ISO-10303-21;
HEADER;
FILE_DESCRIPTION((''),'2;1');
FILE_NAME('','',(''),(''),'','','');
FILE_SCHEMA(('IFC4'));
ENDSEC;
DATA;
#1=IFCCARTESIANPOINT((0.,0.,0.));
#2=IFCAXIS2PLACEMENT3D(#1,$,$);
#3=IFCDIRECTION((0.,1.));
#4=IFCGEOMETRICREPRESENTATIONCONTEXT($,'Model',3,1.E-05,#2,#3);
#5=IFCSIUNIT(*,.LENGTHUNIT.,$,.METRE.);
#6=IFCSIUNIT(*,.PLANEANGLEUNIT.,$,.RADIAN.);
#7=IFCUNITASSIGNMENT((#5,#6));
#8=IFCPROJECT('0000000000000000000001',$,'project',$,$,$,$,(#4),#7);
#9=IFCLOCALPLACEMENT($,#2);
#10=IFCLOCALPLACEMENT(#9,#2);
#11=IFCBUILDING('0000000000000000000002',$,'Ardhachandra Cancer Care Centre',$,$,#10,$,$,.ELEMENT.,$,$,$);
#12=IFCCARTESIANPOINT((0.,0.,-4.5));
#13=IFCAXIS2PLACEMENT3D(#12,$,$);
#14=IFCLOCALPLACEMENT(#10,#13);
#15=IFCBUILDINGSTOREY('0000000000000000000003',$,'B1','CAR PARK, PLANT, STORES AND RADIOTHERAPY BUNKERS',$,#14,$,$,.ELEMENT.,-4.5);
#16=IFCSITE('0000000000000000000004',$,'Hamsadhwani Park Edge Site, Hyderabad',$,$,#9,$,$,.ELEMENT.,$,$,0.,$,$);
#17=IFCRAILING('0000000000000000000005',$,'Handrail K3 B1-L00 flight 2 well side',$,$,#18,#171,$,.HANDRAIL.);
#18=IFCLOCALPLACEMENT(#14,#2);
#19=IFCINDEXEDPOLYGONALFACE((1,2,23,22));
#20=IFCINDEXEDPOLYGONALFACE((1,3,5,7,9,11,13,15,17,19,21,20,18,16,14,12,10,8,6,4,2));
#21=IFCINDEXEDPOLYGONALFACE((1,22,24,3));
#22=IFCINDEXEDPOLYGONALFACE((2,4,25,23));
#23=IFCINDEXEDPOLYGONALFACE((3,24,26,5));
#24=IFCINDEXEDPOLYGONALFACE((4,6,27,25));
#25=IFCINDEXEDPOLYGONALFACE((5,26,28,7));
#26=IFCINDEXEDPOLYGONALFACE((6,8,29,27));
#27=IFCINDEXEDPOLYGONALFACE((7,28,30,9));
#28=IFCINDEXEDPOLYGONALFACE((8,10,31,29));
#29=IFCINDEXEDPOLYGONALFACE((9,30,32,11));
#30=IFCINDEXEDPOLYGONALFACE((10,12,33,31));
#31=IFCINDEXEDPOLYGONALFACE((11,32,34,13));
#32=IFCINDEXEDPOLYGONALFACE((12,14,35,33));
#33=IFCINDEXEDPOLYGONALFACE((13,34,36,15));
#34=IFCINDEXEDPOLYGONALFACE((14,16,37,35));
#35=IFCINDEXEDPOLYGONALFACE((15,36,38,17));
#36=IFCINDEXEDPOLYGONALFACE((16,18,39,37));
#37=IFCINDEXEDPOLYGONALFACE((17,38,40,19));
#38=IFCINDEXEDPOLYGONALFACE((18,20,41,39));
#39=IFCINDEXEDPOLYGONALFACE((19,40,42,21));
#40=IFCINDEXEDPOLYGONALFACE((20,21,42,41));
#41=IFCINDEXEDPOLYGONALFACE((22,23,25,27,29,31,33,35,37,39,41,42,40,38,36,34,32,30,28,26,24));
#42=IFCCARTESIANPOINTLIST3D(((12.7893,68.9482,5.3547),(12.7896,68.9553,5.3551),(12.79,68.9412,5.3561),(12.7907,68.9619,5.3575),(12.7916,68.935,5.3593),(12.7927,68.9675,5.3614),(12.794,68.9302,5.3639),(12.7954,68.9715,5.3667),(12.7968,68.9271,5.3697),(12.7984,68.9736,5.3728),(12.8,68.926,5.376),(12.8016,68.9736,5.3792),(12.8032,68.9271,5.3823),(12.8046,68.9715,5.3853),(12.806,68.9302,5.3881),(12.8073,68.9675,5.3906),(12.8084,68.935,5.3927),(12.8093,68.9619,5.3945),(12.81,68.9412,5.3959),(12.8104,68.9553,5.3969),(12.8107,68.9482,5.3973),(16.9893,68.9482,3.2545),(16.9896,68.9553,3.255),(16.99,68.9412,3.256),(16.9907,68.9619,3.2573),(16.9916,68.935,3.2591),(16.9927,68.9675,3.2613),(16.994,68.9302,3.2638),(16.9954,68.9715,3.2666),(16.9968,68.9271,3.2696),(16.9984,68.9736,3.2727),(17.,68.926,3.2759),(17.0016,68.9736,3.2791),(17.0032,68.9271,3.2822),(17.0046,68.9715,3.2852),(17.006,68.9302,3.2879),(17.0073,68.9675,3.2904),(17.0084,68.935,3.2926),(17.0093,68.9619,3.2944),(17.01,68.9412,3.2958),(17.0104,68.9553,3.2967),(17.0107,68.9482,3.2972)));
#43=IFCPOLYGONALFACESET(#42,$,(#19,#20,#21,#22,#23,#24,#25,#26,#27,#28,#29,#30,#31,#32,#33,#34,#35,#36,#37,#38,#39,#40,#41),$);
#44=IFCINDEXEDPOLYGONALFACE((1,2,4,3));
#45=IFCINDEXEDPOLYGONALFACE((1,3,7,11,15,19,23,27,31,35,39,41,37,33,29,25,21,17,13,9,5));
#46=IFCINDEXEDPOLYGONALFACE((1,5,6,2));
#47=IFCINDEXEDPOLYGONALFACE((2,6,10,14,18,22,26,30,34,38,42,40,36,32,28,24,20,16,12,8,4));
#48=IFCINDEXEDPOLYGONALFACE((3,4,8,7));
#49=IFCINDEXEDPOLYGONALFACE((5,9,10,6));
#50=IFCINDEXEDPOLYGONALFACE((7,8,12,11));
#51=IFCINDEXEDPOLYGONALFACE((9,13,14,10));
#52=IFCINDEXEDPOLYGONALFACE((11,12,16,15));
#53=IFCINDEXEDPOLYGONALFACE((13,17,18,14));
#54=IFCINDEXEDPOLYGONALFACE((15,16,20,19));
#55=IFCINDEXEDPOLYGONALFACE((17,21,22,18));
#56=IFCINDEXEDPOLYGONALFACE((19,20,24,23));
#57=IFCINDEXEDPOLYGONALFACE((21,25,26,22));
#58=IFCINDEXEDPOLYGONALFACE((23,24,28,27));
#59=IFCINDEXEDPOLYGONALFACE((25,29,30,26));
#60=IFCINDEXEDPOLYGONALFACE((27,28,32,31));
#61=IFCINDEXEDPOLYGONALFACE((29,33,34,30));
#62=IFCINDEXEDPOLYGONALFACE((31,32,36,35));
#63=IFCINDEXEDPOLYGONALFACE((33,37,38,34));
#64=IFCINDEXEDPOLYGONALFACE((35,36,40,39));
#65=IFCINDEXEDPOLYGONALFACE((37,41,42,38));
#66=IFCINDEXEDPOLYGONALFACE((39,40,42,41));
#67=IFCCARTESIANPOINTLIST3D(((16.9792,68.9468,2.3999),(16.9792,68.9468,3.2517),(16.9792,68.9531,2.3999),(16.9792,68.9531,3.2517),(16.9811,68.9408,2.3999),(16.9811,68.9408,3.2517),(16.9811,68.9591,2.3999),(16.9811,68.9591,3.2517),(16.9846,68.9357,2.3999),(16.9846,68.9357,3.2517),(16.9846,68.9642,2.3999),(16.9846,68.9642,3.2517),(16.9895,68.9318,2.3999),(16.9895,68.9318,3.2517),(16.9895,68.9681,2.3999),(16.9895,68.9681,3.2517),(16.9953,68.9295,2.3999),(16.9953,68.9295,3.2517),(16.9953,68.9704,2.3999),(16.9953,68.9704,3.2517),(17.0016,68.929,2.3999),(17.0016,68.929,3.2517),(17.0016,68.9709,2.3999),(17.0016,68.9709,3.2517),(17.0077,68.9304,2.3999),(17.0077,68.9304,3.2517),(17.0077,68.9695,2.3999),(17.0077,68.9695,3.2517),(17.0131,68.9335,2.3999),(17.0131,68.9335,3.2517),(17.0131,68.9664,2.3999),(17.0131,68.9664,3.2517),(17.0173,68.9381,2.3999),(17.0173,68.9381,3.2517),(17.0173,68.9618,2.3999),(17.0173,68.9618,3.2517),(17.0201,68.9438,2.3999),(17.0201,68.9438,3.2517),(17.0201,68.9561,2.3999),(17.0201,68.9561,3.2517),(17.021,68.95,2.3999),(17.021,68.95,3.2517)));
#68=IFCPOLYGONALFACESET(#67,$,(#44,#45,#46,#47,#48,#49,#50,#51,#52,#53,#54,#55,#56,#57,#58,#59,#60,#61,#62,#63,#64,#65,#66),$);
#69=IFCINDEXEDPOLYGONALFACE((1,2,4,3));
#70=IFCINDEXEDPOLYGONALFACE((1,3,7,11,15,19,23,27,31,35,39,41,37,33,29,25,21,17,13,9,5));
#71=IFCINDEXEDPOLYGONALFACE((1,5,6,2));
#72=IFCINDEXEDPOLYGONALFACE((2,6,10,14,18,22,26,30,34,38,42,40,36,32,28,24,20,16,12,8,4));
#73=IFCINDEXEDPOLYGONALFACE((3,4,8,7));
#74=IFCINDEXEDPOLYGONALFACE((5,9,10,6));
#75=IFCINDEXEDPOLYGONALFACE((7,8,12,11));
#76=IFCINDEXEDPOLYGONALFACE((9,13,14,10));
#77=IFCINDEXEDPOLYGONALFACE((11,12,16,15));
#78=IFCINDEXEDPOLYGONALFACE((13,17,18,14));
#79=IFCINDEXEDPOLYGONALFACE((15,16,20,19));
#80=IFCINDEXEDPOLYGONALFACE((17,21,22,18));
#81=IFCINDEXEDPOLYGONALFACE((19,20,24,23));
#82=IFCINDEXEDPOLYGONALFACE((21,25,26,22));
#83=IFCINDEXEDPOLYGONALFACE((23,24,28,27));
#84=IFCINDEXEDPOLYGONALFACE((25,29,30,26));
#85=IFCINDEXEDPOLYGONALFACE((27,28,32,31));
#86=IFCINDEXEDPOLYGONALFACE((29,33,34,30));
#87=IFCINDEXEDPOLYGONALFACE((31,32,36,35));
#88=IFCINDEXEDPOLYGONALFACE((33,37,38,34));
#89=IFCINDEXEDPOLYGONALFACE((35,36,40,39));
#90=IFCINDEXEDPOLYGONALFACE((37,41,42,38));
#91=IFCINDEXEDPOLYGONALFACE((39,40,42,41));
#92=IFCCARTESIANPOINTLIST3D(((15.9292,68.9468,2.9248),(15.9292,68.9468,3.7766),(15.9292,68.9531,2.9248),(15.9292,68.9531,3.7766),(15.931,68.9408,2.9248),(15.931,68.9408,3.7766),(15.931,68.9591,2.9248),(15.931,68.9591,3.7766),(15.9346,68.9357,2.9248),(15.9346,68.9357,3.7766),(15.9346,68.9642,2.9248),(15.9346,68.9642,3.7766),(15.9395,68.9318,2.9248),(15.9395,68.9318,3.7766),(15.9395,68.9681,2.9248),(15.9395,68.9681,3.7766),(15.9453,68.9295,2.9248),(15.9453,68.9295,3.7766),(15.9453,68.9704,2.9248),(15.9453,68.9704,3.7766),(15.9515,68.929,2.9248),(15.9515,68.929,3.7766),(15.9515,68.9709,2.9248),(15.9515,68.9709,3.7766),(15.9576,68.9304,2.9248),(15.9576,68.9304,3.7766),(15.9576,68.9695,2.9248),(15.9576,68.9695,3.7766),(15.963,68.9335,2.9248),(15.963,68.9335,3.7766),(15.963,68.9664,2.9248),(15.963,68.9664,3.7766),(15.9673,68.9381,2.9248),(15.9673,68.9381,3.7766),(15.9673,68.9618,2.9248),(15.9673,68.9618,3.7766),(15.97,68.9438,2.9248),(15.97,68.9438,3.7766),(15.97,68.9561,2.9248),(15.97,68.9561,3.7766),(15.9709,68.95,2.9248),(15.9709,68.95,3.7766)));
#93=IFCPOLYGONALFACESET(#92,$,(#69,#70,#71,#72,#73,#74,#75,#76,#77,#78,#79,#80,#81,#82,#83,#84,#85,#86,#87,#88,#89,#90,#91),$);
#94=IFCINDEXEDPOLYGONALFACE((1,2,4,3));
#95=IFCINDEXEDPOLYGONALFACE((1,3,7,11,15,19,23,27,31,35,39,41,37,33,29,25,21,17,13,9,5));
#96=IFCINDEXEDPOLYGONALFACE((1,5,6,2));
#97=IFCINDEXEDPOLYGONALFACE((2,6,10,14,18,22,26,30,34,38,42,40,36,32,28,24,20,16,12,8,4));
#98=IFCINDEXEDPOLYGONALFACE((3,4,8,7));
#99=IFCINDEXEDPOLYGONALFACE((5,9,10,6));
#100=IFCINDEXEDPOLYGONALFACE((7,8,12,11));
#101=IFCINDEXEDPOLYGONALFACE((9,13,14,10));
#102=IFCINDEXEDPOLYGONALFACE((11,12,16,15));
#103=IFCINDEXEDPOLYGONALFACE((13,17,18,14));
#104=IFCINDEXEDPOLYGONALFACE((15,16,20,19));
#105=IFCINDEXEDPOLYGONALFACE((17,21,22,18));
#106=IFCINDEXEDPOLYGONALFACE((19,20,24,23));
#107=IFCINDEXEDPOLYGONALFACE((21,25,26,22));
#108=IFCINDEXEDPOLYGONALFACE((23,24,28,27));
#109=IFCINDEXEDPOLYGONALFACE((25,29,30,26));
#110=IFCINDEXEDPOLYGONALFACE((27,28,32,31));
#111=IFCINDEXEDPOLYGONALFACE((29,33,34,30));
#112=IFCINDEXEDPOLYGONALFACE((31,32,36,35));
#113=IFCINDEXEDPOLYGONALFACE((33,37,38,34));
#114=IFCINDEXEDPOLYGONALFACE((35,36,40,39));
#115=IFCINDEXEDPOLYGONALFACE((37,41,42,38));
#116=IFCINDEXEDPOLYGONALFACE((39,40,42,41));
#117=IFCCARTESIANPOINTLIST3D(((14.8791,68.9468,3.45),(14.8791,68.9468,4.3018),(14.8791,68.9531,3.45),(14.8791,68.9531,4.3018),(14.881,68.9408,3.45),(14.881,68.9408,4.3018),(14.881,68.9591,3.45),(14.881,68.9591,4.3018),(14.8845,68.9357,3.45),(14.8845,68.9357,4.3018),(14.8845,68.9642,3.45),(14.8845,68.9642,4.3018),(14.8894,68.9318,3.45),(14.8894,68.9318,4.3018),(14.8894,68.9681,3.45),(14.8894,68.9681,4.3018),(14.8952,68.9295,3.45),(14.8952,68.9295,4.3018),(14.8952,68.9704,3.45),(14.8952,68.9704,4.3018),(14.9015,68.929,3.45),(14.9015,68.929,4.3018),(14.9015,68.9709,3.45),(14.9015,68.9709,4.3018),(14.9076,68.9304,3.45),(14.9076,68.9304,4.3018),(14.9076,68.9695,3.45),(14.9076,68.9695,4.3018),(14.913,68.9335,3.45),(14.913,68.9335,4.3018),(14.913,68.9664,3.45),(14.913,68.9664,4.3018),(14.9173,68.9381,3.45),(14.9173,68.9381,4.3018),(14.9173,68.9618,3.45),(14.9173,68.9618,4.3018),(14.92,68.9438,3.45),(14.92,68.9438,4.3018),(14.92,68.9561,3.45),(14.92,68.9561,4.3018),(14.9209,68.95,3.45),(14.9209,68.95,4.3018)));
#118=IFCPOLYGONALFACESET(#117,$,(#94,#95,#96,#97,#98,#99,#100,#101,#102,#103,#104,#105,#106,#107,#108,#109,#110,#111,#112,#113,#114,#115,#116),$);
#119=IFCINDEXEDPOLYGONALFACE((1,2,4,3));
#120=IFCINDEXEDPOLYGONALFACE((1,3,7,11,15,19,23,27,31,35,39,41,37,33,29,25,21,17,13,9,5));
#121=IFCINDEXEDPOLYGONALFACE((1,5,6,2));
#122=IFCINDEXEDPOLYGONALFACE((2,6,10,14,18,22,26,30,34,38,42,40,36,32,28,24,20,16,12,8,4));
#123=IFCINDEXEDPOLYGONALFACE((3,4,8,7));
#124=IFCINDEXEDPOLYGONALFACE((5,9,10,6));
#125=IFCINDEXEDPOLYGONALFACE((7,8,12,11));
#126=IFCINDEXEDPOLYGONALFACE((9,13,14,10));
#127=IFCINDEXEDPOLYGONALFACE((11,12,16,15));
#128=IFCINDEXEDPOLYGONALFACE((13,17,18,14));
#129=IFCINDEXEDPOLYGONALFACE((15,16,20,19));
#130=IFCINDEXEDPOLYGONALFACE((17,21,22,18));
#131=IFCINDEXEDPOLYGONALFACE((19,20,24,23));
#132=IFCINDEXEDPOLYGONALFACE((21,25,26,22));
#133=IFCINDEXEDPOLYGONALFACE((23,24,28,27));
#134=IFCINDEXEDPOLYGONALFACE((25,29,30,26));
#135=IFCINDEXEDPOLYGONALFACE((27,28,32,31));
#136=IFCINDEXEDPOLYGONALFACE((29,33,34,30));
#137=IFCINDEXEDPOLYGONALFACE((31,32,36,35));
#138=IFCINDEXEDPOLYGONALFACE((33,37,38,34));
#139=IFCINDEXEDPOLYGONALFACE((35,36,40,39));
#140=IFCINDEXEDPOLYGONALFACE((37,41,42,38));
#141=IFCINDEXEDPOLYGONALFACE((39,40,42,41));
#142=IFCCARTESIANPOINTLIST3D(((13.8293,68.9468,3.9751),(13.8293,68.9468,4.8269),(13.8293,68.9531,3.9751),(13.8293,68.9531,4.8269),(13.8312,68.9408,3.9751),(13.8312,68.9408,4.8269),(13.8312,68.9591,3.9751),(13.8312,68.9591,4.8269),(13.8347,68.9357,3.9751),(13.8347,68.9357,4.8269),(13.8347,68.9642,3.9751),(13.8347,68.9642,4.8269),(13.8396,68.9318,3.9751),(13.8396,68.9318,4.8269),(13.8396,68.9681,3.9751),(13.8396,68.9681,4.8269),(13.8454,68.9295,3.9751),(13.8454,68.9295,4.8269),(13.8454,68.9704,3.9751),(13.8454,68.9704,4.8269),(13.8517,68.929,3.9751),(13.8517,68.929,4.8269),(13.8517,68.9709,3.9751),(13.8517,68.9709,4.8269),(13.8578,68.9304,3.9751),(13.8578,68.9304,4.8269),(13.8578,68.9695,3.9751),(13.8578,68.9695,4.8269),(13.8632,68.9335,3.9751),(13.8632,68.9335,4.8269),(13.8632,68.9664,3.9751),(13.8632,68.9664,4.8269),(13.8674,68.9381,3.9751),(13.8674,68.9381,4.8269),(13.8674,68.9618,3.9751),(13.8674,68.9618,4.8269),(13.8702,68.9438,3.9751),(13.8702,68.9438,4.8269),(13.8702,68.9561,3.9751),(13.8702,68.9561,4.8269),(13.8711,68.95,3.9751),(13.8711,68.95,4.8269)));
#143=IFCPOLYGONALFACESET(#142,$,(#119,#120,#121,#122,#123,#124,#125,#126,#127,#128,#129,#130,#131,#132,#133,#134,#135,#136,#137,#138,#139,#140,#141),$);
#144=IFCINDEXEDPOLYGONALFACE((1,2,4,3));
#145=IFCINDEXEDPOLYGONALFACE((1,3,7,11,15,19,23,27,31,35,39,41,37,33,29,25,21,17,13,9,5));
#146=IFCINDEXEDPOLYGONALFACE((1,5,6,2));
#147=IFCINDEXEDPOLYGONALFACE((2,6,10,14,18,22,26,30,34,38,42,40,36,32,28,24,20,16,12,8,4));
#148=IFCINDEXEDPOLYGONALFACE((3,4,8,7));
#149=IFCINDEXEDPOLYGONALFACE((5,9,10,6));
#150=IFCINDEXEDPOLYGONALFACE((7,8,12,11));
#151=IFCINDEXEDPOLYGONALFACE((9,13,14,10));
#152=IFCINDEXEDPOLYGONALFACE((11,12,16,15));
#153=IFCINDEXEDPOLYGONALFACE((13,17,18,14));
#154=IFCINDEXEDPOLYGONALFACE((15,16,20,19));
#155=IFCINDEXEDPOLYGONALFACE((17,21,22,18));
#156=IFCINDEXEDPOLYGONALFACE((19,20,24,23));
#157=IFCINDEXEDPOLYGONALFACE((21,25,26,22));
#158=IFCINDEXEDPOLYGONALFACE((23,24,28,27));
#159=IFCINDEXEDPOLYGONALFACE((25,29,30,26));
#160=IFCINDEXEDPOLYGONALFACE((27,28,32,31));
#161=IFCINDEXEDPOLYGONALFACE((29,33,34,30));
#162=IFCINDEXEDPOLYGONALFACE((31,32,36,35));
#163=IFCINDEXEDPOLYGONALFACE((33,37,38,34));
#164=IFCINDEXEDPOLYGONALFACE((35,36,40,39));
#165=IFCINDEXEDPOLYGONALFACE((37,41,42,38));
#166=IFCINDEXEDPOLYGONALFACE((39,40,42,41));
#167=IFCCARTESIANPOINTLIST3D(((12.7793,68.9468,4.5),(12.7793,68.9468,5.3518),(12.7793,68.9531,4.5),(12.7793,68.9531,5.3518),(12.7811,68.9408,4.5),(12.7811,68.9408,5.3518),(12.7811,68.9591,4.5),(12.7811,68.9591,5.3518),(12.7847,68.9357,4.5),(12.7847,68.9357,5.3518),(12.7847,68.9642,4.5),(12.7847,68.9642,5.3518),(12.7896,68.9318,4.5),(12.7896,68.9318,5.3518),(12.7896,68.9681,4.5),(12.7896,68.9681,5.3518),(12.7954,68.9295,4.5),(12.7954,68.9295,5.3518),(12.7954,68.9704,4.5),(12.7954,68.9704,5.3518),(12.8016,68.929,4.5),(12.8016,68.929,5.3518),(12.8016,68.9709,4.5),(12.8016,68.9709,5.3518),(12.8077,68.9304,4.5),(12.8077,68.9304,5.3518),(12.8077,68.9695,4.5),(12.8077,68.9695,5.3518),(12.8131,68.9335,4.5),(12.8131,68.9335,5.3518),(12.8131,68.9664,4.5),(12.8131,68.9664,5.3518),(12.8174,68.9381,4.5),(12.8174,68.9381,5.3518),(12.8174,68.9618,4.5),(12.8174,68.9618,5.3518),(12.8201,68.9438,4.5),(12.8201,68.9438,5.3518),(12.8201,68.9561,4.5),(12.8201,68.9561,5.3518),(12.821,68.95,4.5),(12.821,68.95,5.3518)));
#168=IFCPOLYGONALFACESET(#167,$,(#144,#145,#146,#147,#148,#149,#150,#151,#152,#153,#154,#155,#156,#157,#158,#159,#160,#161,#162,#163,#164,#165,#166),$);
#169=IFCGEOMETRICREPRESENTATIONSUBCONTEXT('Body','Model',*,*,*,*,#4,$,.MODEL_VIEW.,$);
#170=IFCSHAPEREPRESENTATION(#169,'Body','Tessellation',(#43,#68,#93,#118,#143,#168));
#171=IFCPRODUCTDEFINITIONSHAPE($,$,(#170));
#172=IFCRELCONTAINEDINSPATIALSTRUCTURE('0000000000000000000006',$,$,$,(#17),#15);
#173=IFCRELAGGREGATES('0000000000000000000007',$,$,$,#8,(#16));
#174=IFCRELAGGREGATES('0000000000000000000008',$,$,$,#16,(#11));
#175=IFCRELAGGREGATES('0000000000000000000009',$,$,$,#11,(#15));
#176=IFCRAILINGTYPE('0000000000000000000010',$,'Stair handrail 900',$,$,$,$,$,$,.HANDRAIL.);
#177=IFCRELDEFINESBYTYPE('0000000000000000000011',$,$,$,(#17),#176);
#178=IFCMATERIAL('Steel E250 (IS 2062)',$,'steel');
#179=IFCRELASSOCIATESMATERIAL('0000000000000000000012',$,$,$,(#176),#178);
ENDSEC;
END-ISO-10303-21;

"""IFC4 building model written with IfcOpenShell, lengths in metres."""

from ifc_helpers import new_model, si_unit, direction, frame, origin, origin_2d, place, context, subcontext, project, spatial, circle, extrude, material, type_object, element, save


model = new_model("IFC4")

# Units and contexts
model_context = context("Model", 3, precision=1e-05, world=origin(), true_north=direction((0.0, 1.0)))
body_context = subcontext(model_context, "Body", "Model", "MODEL_VIEW")
ifc_project = project(units=[si_unit("LENGTHUNIT", "METRE"), si_unit("PLANEANGLEUNIT", "RADIAN")], contexts=[model_context])

# Site, building, storey
site_placement = place(None, origin())
site = spatial("IfcSite", under=ifc_project, at=site_placement, Name="Hamsadhwani Park Edge Site, Hyderabad", CompositionType="ELEMENT", RefElevation=0.0)
building_placement = place(site_placement, origin())
building = spatial("IfcBuilding", under=site, at=building_placement, Name="Ardhachandra Cancer Care Centre", CompositionType="ELEMENT")
storey_placement = place(building_placement, frame((0.0, 0.0, -4.5)))
storey = spatial("IfcBuildingStorey", under=building, at=storey_placement, Name="B1", Description="CAR PARK, PLANT, STORES AND RADIOTHERAPY BUNKERS", CompositionType="ELEMENT", Elevation=-4.5)

# Railing
ifc_material_1 = material(Name="Steel E250 (IS 2062)", Category="steel")
railing_type = type_object("IfcRailingType", Name="Stair handrail 900", PredefinedType="HANDRAIL", material=ifc_material_1)
for number, where, name in (
    (1, (17.0, 68.95, 2.3999), "Handrail K3 B1-L00 flight 2 well side"),
):
    element("IfcRailing", number, at=place(storey_placement, frame(where)), inside=storey, type_object=railing_type, Name=name, PredefinedType="HANDRAIL", context=body_context, shape_type="SweptSolid", body=[
        extrude(circle(Radius=0.0239, at=origin_2d()), frame((0.0, 0.0, 0.876), z_axis=(-0.894417, 0.0, 0.447234), x_axis=(0.0, -1.0, 0.0)), (0.0, 0.0, 1.0), 4.6958),
        extrude(circle(Radius=0.021, at=origin_2d()), origin(), (0.0, 0.0, 1.0), 0.8518),
        extrude(circle(Radius=0.021, at=origin_2d()), frame((-1.05, 0.0, 0.5249)), (0.0, 0.0, 1.0), 0.8518),
        extrude(circle(Radius=0.021, at=origin_2d()), frame((-2.1001, 0.0, 1.05)), (0.0, 0.0, 1.0), 0.8518),
        extrude(circle(Radius=0.021, at=origin_2d()), frame((-3.1499, 0.0, 1.5752)), (0.0, 0.0, 1.0), 0.8518),
        extrude(circle(Radius=0.021, at=origin_2d()), frame((-4.2, 0.0, 2.1001)), (0.0, 0.0, 1.0), 0.8518),
    ])

save(model, "model.ifc")
